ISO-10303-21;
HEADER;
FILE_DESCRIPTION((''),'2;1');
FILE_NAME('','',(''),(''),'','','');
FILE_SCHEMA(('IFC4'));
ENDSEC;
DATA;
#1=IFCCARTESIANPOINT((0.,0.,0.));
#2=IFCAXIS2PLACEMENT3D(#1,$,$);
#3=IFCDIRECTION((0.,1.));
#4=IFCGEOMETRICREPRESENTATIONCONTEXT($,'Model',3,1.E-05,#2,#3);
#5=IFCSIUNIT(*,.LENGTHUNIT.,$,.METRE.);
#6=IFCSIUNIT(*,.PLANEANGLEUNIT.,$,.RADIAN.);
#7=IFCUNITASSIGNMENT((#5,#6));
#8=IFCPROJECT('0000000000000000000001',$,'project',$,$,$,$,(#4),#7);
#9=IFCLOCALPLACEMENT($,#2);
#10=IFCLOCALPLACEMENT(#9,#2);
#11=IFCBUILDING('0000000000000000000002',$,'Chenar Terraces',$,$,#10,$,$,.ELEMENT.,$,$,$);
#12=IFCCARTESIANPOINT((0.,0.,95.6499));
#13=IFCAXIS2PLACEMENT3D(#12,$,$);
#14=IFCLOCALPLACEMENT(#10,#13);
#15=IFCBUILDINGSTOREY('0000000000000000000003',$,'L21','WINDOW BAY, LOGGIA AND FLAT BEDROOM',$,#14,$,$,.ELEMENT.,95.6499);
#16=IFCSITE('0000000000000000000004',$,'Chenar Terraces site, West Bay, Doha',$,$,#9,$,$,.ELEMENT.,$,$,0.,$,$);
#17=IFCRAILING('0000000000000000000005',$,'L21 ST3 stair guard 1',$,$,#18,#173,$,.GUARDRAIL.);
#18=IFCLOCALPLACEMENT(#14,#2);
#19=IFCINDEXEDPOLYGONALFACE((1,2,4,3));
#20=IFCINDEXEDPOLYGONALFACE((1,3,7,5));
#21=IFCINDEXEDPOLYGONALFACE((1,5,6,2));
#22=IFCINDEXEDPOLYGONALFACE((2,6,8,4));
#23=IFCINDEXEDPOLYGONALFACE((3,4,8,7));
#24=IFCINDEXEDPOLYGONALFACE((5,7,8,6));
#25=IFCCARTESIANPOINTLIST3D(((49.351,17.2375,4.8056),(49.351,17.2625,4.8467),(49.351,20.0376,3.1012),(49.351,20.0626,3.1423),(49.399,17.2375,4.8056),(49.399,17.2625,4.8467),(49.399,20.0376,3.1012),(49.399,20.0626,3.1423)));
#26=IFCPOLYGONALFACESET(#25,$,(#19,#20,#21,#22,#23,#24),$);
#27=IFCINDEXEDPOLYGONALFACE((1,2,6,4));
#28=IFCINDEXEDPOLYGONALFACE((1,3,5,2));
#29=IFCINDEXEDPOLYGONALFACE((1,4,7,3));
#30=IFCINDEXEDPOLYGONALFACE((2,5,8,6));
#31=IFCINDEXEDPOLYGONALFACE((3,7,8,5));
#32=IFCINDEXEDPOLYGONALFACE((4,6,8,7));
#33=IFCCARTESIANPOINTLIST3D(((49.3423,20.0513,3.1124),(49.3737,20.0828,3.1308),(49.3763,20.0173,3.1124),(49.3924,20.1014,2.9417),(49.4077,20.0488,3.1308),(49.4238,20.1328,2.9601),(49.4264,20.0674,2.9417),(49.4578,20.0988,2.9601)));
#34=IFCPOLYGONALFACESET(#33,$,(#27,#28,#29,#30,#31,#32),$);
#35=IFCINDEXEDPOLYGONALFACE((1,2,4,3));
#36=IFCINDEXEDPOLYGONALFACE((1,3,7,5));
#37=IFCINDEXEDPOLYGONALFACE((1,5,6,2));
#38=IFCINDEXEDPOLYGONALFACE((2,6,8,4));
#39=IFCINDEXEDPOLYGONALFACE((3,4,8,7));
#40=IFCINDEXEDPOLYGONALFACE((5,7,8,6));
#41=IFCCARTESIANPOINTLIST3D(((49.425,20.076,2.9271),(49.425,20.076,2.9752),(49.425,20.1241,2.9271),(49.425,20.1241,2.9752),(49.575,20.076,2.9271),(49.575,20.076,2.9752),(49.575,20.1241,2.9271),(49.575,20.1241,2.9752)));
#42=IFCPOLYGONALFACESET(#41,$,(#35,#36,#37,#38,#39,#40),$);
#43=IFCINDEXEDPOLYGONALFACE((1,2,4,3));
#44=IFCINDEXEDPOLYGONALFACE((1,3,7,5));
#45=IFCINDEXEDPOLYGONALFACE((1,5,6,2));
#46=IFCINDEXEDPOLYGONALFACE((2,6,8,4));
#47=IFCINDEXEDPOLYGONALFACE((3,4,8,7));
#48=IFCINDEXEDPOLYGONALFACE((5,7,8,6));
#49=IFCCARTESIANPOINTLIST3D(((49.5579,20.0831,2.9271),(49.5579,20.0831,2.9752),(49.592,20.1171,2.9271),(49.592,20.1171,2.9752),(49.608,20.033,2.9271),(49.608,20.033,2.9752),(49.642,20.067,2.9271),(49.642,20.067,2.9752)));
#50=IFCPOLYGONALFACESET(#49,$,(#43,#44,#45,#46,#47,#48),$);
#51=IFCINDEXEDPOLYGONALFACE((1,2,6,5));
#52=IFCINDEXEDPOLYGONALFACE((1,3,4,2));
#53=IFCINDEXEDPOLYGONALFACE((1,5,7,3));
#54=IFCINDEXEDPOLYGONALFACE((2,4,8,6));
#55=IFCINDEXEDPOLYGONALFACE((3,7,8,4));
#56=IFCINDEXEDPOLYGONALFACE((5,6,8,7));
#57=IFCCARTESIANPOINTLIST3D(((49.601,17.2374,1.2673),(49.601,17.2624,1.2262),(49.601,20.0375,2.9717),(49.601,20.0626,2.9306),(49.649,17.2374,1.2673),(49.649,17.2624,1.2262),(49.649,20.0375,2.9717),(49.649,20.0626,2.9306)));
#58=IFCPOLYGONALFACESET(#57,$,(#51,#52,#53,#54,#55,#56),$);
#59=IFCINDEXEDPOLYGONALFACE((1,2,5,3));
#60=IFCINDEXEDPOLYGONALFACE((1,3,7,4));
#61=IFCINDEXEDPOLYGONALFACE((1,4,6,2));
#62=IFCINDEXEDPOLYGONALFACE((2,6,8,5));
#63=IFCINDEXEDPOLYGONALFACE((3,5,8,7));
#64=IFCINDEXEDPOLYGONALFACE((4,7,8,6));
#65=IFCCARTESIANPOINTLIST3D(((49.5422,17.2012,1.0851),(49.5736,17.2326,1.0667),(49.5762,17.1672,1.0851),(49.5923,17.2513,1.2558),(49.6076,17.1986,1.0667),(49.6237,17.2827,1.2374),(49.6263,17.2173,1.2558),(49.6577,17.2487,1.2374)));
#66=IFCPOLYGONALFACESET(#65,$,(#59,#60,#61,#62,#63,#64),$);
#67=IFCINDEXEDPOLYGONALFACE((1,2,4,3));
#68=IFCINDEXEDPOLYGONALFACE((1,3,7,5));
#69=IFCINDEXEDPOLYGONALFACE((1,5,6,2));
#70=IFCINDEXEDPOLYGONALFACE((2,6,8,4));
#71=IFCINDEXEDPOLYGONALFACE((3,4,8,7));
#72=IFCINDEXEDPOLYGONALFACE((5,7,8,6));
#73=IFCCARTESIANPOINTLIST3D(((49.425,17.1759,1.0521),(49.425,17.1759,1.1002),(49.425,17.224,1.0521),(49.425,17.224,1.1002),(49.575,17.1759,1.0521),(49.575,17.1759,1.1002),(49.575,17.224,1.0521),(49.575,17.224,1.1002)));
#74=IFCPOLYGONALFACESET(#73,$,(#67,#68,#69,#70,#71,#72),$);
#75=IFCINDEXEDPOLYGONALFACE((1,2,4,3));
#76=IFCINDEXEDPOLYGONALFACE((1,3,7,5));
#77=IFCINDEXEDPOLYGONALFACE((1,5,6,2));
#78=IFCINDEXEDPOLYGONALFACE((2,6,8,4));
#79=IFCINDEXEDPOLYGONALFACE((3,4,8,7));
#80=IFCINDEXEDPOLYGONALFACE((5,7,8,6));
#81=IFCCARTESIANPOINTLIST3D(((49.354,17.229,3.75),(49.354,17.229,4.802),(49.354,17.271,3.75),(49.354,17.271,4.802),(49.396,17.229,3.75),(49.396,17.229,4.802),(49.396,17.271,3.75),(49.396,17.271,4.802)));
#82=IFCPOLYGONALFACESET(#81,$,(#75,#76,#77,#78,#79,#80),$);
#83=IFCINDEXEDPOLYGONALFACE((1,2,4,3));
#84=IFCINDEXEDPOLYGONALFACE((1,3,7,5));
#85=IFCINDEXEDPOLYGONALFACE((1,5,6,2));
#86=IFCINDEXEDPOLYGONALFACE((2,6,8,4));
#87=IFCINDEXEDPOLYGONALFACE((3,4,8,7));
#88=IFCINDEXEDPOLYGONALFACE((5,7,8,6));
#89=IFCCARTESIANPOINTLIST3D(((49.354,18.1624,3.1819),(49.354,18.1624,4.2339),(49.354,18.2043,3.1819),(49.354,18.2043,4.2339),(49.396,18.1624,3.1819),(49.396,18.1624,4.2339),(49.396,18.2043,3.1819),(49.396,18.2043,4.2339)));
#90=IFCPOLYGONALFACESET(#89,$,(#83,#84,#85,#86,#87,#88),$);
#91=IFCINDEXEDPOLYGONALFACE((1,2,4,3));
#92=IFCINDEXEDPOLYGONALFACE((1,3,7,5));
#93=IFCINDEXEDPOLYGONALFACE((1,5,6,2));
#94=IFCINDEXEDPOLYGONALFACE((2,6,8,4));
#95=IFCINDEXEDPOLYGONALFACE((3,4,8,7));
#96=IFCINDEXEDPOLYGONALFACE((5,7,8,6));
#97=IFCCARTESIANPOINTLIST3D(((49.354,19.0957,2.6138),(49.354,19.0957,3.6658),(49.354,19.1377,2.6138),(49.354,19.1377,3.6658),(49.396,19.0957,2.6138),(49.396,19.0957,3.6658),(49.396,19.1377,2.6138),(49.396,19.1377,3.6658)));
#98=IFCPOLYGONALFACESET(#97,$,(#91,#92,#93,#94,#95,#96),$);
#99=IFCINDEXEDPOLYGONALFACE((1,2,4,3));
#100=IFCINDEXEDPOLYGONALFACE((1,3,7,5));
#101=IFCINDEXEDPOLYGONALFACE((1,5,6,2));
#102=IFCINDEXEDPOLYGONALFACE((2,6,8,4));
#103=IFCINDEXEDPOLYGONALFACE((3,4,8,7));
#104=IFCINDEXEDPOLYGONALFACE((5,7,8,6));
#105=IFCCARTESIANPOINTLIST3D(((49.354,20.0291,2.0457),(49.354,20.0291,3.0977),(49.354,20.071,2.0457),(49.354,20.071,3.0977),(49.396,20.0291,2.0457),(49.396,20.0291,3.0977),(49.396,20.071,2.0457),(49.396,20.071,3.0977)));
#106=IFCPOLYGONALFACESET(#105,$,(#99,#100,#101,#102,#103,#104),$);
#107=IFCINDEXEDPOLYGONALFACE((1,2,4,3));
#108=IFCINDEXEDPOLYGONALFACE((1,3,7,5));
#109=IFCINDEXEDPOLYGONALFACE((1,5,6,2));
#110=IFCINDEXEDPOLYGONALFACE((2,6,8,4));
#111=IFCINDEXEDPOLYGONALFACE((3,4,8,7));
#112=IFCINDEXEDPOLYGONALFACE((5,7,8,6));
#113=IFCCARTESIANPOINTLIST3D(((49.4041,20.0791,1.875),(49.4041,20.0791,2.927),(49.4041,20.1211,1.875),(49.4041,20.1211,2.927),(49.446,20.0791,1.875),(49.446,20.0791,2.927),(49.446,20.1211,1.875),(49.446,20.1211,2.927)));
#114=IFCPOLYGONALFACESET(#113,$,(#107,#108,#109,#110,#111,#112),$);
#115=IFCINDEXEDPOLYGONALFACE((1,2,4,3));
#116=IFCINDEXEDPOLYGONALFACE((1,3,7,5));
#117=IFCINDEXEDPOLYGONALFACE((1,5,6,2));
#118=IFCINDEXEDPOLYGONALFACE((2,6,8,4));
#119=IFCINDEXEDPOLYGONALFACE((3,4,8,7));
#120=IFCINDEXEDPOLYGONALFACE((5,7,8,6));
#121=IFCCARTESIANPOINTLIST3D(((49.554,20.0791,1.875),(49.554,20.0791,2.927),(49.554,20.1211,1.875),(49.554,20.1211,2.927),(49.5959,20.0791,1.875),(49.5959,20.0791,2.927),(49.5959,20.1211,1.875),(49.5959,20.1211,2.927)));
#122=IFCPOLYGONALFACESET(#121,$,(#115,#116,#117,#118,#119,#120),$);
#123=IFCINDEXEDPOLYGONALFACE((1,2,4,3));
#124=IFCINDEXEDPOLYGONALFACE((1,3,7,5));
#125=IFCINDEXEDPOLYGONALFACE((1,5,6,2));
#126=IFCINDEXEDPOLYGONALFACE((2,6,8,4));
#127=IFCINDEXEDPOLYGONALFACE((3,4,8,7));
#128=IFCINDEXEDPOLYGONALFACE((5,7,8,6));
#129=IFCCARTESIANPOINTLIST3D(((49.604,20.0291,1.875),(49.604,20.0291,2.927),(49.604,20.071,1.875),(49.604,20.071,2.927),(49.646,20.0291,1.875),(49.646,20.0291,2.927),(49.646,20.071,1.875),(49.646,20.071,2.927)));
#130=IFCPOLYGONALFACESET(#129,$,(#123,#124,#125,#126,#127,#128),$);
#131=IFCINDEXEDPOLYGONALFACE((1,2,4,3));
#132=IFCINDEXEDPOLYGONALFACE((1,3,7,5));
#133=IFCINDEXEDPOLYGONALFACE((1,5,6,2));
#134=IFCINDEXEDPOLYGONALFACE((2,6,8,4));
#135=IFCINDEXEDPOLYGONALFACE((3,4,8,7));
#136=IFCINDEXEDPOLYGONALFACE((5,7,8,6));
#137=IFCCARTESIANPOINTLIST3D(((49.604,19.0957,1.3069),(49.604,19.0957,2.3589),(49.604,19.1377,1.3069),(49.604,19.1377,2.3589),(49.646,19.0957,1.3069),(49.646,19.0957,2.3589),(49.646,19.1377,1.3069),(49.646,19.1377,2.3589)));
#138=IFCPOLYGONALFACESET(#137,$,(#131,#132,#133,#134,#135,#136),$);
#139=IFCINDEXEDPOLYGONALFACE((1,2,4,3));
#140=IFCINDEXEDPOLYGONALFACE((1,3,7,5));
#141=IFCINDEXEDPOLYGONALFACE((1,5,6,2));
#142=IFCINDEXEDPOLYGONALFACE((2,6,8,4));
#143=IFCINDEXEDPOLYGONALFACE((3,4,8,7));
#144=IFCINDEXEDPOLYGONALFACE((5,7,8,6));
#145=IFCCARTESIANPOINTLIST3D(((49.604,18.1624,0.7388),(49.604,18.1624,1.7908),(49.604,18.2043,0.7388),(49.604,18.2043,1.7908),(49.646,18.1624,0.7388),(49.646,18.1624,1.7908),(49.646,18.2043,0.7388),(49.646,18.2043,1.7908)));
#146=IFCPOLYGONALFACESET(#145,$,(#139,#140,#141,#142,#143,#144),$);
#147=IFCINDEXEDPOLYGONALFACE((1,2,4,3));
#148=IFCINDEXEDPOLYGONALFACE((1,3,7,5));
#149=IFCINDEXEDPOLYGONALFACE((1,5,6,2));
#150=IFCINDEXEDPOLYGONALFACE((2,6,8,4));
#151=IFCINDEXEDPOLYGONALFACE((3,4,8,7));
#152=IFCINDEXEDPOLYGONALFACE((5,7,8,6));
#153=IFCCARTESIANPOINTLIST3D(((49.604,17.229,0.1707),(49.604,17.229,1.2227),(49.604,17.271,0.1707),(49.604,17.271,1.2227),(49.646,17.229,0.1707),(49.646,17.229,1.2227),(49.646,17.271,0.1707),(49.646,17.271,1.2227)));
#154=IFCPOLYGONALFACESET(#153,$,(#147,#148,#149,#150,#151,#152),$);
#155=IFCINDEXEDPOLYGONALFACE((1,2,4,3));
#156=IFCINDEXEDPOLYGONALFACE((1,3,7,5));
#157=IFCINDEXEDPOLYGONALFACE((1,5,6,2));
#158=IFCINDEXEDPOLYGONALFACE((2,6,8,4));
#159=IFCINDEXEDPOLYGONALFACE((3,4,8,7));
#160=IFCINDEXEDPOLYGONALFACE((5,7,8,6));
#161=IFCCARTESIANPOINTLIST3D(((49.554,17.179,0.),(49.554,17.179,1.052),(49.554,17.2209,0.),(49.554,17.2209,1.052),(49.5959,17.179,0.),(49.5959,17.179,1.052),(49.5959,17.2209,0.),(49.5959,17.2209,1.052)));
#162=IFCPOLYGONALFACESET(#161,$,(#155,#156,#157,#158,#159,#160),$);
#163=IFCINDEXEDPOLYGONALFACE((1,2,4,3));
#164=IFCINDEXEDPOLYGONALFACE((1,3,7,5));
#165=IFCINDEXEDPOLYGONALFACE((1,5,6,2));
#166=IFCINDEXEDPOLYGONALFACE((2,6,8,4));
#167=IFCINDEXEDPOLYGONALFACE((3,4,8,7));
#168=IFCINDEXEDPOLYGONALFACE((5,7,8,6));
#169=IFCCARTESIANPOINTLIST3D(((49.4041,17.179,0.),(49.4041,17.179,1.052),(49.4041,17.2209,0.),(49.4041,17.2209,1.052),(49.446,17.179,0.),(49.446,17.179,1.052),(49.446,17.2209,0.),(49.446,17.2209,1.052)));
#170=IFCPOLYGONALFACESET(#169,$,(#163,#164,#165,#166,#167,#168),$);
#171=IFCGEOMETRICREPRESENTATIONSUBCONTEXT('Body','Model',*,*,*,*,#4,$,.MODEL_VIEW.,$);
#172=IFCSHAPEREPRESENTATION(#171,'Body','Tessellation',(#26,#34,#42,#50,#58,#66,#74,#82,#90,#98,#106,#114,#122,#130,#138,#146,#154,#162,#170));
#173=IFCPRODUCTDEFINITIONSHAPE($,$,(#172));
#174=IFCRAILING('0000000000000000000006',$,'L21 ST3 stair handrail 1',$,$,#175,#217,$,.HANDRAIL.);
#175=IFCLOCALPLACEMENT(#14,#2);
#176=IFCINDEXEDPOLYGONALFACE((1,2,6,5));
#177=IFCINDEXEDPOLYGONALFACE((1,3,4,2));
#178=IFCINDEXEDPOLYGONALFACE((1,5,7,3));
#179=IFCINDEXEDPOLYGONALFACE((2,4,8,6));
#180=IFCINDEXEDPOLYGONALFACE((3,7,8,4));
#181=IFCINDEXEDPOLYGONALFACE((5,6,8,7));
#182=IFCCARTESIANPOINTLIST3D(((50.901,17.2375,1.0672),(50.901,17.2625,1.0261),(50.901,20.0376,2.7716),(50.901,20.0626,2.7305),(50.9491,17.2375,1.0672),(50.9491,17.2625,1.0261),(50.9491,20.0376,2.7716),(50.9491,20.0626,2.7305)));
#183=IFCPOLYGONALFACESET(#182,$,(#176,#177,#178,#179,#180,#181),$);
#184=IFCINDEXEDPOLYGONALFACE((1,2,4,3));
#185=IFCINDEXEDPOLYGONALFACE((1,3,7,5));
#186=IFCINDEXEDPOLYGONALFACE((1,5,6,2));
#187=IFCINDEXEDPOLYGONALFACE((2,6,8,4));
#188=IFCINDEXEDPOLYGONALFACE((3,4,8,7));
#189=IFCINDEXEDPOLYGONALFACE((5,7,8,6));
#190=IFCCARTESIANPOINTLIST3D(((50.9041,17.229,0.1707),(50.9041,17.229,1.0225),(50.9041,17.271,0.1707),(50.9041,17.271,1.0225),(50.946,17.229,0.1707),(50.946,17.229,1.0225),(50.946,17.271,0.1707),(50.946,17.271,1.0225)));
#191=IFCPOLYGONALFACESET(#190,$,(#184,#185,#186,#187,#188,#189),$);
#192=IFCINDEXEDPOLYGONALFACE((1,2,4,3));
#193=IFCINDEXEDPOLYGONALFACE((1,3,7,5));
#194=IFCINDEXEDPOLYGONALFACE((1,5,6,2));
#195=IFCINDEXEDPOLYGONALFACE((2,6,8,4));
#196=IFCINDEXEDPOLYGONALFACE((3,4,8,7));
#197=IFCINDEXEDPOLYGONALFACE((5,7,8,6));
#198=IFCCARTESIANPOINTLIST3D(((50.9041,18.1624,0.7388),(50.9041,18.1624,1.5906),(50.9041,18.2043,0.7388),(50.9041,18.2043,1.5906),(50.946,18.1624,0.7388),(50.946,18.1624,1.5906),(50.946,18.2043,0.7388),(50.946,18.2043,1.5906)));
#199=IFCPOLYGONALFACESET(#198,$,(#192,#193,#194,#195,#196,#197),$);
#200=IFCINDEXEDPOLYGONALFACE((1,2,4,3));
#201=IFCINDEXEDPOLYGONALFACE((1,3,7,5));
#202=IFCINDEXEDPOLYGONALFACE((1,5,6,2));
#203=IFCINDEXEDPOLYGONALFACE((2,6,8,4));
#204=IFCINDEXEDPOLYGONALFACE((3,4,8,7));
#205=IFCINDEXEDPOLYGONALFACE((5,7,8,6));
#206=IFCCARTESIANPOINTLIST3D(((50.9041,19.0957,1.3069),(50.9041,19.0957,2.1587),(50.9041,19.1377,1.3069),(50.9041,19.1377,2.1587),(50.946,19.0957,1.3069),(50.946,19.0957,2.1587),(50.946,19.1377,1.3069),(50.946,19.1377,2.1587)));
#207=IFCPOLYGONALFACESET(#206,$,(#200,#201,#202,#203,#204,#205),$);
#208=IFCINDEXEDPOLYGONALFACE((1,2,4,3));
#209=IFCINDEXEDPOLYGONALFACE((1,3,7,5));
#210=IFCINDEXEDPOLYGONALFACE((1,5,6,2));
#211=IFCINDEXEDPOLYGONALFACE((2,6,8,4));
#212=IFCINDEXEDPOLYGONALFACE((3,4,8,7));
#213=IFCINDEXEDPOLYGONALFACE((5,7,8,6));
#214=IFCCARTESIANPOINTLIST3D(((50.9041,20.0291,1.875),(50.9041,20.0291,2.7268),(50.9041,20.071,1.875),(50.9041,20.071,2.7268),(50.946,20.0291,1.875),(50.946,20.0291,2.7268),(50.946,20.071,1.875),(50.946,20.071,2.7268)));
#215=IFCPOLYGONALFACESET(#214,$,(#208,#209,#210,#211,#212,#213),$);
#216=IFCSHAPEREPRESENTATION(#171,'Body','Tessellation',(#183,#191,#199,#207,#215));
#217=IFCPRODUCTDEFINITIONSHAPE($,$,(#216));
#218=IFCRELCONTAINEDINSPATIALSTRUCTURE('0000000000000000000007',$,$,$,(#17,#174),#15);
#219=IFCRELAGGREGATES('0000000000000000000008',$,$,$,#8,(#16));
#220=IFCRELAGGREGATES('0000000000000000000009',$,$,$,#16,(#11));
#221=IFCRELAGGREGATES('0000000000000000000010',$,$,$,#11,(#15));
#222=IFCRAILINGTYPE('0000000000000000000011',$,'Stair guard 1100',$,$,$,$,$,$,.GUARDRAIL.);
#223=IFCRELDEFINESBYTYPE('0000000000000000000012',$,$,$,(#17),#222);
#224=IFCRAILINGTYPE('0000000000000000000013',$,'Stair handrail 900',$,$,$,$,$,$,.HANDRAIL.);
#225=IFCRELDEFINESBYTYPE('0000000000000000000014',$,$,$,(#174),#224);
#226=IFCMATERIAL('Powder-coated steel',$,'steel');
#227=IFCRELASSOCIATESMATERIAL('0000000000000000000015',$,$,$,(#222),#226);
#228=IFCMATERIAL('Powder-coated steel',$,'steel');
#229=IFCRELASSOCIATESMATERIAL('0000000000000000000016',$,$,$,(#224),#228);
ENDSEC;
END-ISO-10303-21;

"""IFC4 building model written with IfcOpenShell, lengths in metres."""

from ifc_helpers import new_model, si_unit, direction, frame, origin, origin_2d, place, context, subcontext, project, spatial, rectangle, extrude, material, type_object, element, save


model = new_model("IFC4")

# Units and contexts
model_context = context("Model", 3, precision=1e-05, world=origin(), true_north=direction((0.0, 1.0)))
body_context = subcontext(model_context, "Body", "Model", "MODEL_VIEW")
ifc_project = project(units=[si_unit("LENGTHUNIT", "METRE"), si_unit("PLANEANGLEUNIT", "RADIAN")], contexts=[model_context])

# Site, building, storey
site_placement = place(None, origin())
site = spatial("IfcSite", under=ifc_project, at=site_placement, Name="Chenar Terraces site, West Bay, Doha", CompositionType="ELEMENT", RefElevation=0.0)
building_placement = place(site_placement, origin())
building = spatial("IfcBuilding", under=site, at=building_placement, Name="Chenar Terraces", CompositionType="ELEMENT")
storey_placement = place(building_placement, frame((0.0, 0.0, 95.6499)))
storey = spatial("IfcBuildingStorey", under=building, at=storey_placement, Name="L21", Description="WINDOW BAY, LOGGIA AND FLAT BEDROOM", CompositionType="ELEMENT", Elevation=95.6499)

# Railings
ifc_material_1 = material(Name="Powder-coated steel", Category="steel")
railing_type_1 = type_object("IfcRailingType", Name="Stair guard 1100", PredefinedType="GUARDRAIL", material=ifc_material_1)
railing_1_placement = place(storey_placement, frame((49.375, 17.25, 3.75)))
element("IfcRailing", 1, at=railing_1_placement, inside=storey, type_object=railing_type_1, Name="L21 ST3 stair guard 1", PredefinedType="GUARDRAIL", context=body_context, shape_type="SweptSolid", body=[
    extrude(rectangle(XDim=0.0481, YDim=0.0481, at=origin_2d()), frame((0.0, 0.0, 1.0762), z_axis=(0.0, 0.854203, -0.51994), x_axis=(-1.0, 0.0, 0.0)), (0.0, 0.0, 1.0), 3.2781),
    extrude(rectangle(XDim=0.0481, YDim=0.0481, at=origin_2d()), frame((0.0, 2.8, -0.6284), z_axis=(0.2709, 0.2709, -0.923703), x_axis=(-0.707107, 0.707107, 0.0)), (0.0, 0.0, 1.0), 0.1848),
    extrude(rectangle(XDim=0.0481, YDim=0.0481, at=origin_2d()), frame((0.05, 2.8501, -0.7988), z_axis=(1.0, 0.0, 0.0), x_axis=(0.0, 1.0, 0.0)), (0.0, 0.0, 1.0), 0.1499),
    extrude(rectangle(XDim=0.0481, YDim=0.0481, at=origin_2d()), frame((0.2, 2.8501, -0.7988), z_axis=(0.707107, -0.707107, 0.0), x_axis=(0.707107, 0.707107, 0.0)), (0.0, 0.0, 1.0), 0.0708),
    extrude(rectangle(XDim=0.0481, YDim=0.0481, at=origin_2d()), frame((0.25, 2.8, -0.7988), z_axis=(0.0, -0.854203, -0.51994), x_axis=(1.0, 0.0, 0.0)), (0.0, 0.0, 1.0), 3.2781),
    extrude(rectangle(XDim=0.0481, YDim=0.0481, at=origin_2d()), frame((0.25, 0.0, -2.5034), z_axis=(-0.2709, -0.2709, -0.923703), x_axis=(0.707107, -0.707107, 0.0)), (0.0, 0.0, 1.0), 0.1848),
    extrude(rectangle(XDim=0.0481, YDim=0.0481, at=origin_2d()), frame((0.2, -0.05, -2.6738), z_axis=(-1.0, 0.0, 0.0), x_axis=(0.0, -1.0, 0.0)), (0.0, 0.0, 1.0), 0.1499),
    extrude(rectangle(XDim=0.042, YDim=0.042, at=origin_2d()), origin(), (0.0, 0.0, 1.0), 1.052),
    extrude(rectangle(XDim=0.042, YDim=0.042, at=origin_2d()), frame((0.0, 0.9333, -0.5681)), (0.0, 0.0, 1.0), 1.052),
    extrude(rectangle(XDim=0.042, YDim=0.042, at=origin_2d()), frame((0.0, 1.8667, -1.1362)), (0.0, 0.0, 1.0), 1.052),
    extrude(rectangle(XDim=0.042, YDim=0.042, at=origin_2d()), frame((0.0, 2.8, -1.7043)), (0.0, 0.0, 1.0), 1.052),
    extrude(rectangle(XDim=0.042, YDim=0.042, at=origin_2d()), frame((0.05, 2.8501, -1.875)), (0.0, 0.0, 1.0), 1.052),
    extrude(rectangle(XDim=0.042, YDim=0.042, at=origin_2d()), frame((0.2, 2.8501, -1.875)), (0.0, 0.0, 1.0), 1.052),
    extrude(rectangle(XDim=0.042, YDim=0.042, at=origin_2d()), frame((0.25, 2.8, -1.875)), (0.0, 0.0, 1.0), 1.052),
    extrude(rectangle(XDim=0.042, YDim=0.042, at=origin_2d()), frame((0.25, 1.8667, -2.4431)), (0.0, 0.0, 1.0), 1.052),
    extrude(rectangle(XDim=0.042, YDim=0.042, at=origin_2d()), frame((0.25, 0.9333, -3.0112)), (0.0, 0.0, 1.0), 1.052),
    extrude(rectangle(XDim=0.042, YDim=0.042, at=origin_2d()), frame((0.25, 0.0, -3.5793)), (0.0, 0.0, 1.0), 1.052),
    extrude(rectangle(XDim=0.042, YDim=0.042, at=origin_2d()), frame((0.2, -0.05, -3.75)), (0.0, 0.0, 1.0), 1.052),
    extrude(rectangle(XDim=0.042, YDim=0.042, at=origin_2d()), frame((0.05, -0.05, -3.75)), (0.0, 0.0, 1.0), 1.052),
])
ifc_material_2 = material(Name="Powder-coated steel", Category="steel")
railing_type_2 = type_object("IfcRailingType", Name="Stair handrail 900", PredefinedType="HANDRAIL", material=ifc_material_2)
railing_2_placement = place(storey_placement, frame((50.925, 17.25, 0.1707)))
element("IfcRailing", 2, at=railing_2_placement, inside=storey, type_object=railing_type_2, Name="L21 ST3 stair handrail 1", PredefinedType="HANDRAIL", context=body_context, shape_type="SweptSolid", body=[
    extrude(rectangle(XDim=0.0481, YDim=0.0481, at=origin_2d()), frame((0.0, 0.0, 0.876), z_axis=(0.0, 0.854203, 0.51994), x_axis=(-1.0, 0.0, 0.0)), (0.0, 0.0, 1.0), 3.2781),
    extrude(rectangle(XDim=0.042, YDim=0.042, at=origin_2d()), origin(), (0.0, 0.0, 1.0), 0.8518),
    extrude(rectangle(XDim=0.042, YDim=0.042, at=origin_2d()), frame((0.0, 0.9333, 0.5681)), (0.0, 0.0, 1.0), 0.8518),
    extrude(rectangle(XDim=0.042, YDim=0.042, at=origin_2d()), frame((0.0, 1.8667, 1.1362)), (0.0, 0.0, 1.0), 0.8518),
    extrude(rectangle(XDim=0.042, YDim=0.042, at=origin_2d()), frame((0.0, 2.8, 1.7043)), (0.0, 0.0, 1.0), 0.8518),
])

save(model, "model.ifc")
